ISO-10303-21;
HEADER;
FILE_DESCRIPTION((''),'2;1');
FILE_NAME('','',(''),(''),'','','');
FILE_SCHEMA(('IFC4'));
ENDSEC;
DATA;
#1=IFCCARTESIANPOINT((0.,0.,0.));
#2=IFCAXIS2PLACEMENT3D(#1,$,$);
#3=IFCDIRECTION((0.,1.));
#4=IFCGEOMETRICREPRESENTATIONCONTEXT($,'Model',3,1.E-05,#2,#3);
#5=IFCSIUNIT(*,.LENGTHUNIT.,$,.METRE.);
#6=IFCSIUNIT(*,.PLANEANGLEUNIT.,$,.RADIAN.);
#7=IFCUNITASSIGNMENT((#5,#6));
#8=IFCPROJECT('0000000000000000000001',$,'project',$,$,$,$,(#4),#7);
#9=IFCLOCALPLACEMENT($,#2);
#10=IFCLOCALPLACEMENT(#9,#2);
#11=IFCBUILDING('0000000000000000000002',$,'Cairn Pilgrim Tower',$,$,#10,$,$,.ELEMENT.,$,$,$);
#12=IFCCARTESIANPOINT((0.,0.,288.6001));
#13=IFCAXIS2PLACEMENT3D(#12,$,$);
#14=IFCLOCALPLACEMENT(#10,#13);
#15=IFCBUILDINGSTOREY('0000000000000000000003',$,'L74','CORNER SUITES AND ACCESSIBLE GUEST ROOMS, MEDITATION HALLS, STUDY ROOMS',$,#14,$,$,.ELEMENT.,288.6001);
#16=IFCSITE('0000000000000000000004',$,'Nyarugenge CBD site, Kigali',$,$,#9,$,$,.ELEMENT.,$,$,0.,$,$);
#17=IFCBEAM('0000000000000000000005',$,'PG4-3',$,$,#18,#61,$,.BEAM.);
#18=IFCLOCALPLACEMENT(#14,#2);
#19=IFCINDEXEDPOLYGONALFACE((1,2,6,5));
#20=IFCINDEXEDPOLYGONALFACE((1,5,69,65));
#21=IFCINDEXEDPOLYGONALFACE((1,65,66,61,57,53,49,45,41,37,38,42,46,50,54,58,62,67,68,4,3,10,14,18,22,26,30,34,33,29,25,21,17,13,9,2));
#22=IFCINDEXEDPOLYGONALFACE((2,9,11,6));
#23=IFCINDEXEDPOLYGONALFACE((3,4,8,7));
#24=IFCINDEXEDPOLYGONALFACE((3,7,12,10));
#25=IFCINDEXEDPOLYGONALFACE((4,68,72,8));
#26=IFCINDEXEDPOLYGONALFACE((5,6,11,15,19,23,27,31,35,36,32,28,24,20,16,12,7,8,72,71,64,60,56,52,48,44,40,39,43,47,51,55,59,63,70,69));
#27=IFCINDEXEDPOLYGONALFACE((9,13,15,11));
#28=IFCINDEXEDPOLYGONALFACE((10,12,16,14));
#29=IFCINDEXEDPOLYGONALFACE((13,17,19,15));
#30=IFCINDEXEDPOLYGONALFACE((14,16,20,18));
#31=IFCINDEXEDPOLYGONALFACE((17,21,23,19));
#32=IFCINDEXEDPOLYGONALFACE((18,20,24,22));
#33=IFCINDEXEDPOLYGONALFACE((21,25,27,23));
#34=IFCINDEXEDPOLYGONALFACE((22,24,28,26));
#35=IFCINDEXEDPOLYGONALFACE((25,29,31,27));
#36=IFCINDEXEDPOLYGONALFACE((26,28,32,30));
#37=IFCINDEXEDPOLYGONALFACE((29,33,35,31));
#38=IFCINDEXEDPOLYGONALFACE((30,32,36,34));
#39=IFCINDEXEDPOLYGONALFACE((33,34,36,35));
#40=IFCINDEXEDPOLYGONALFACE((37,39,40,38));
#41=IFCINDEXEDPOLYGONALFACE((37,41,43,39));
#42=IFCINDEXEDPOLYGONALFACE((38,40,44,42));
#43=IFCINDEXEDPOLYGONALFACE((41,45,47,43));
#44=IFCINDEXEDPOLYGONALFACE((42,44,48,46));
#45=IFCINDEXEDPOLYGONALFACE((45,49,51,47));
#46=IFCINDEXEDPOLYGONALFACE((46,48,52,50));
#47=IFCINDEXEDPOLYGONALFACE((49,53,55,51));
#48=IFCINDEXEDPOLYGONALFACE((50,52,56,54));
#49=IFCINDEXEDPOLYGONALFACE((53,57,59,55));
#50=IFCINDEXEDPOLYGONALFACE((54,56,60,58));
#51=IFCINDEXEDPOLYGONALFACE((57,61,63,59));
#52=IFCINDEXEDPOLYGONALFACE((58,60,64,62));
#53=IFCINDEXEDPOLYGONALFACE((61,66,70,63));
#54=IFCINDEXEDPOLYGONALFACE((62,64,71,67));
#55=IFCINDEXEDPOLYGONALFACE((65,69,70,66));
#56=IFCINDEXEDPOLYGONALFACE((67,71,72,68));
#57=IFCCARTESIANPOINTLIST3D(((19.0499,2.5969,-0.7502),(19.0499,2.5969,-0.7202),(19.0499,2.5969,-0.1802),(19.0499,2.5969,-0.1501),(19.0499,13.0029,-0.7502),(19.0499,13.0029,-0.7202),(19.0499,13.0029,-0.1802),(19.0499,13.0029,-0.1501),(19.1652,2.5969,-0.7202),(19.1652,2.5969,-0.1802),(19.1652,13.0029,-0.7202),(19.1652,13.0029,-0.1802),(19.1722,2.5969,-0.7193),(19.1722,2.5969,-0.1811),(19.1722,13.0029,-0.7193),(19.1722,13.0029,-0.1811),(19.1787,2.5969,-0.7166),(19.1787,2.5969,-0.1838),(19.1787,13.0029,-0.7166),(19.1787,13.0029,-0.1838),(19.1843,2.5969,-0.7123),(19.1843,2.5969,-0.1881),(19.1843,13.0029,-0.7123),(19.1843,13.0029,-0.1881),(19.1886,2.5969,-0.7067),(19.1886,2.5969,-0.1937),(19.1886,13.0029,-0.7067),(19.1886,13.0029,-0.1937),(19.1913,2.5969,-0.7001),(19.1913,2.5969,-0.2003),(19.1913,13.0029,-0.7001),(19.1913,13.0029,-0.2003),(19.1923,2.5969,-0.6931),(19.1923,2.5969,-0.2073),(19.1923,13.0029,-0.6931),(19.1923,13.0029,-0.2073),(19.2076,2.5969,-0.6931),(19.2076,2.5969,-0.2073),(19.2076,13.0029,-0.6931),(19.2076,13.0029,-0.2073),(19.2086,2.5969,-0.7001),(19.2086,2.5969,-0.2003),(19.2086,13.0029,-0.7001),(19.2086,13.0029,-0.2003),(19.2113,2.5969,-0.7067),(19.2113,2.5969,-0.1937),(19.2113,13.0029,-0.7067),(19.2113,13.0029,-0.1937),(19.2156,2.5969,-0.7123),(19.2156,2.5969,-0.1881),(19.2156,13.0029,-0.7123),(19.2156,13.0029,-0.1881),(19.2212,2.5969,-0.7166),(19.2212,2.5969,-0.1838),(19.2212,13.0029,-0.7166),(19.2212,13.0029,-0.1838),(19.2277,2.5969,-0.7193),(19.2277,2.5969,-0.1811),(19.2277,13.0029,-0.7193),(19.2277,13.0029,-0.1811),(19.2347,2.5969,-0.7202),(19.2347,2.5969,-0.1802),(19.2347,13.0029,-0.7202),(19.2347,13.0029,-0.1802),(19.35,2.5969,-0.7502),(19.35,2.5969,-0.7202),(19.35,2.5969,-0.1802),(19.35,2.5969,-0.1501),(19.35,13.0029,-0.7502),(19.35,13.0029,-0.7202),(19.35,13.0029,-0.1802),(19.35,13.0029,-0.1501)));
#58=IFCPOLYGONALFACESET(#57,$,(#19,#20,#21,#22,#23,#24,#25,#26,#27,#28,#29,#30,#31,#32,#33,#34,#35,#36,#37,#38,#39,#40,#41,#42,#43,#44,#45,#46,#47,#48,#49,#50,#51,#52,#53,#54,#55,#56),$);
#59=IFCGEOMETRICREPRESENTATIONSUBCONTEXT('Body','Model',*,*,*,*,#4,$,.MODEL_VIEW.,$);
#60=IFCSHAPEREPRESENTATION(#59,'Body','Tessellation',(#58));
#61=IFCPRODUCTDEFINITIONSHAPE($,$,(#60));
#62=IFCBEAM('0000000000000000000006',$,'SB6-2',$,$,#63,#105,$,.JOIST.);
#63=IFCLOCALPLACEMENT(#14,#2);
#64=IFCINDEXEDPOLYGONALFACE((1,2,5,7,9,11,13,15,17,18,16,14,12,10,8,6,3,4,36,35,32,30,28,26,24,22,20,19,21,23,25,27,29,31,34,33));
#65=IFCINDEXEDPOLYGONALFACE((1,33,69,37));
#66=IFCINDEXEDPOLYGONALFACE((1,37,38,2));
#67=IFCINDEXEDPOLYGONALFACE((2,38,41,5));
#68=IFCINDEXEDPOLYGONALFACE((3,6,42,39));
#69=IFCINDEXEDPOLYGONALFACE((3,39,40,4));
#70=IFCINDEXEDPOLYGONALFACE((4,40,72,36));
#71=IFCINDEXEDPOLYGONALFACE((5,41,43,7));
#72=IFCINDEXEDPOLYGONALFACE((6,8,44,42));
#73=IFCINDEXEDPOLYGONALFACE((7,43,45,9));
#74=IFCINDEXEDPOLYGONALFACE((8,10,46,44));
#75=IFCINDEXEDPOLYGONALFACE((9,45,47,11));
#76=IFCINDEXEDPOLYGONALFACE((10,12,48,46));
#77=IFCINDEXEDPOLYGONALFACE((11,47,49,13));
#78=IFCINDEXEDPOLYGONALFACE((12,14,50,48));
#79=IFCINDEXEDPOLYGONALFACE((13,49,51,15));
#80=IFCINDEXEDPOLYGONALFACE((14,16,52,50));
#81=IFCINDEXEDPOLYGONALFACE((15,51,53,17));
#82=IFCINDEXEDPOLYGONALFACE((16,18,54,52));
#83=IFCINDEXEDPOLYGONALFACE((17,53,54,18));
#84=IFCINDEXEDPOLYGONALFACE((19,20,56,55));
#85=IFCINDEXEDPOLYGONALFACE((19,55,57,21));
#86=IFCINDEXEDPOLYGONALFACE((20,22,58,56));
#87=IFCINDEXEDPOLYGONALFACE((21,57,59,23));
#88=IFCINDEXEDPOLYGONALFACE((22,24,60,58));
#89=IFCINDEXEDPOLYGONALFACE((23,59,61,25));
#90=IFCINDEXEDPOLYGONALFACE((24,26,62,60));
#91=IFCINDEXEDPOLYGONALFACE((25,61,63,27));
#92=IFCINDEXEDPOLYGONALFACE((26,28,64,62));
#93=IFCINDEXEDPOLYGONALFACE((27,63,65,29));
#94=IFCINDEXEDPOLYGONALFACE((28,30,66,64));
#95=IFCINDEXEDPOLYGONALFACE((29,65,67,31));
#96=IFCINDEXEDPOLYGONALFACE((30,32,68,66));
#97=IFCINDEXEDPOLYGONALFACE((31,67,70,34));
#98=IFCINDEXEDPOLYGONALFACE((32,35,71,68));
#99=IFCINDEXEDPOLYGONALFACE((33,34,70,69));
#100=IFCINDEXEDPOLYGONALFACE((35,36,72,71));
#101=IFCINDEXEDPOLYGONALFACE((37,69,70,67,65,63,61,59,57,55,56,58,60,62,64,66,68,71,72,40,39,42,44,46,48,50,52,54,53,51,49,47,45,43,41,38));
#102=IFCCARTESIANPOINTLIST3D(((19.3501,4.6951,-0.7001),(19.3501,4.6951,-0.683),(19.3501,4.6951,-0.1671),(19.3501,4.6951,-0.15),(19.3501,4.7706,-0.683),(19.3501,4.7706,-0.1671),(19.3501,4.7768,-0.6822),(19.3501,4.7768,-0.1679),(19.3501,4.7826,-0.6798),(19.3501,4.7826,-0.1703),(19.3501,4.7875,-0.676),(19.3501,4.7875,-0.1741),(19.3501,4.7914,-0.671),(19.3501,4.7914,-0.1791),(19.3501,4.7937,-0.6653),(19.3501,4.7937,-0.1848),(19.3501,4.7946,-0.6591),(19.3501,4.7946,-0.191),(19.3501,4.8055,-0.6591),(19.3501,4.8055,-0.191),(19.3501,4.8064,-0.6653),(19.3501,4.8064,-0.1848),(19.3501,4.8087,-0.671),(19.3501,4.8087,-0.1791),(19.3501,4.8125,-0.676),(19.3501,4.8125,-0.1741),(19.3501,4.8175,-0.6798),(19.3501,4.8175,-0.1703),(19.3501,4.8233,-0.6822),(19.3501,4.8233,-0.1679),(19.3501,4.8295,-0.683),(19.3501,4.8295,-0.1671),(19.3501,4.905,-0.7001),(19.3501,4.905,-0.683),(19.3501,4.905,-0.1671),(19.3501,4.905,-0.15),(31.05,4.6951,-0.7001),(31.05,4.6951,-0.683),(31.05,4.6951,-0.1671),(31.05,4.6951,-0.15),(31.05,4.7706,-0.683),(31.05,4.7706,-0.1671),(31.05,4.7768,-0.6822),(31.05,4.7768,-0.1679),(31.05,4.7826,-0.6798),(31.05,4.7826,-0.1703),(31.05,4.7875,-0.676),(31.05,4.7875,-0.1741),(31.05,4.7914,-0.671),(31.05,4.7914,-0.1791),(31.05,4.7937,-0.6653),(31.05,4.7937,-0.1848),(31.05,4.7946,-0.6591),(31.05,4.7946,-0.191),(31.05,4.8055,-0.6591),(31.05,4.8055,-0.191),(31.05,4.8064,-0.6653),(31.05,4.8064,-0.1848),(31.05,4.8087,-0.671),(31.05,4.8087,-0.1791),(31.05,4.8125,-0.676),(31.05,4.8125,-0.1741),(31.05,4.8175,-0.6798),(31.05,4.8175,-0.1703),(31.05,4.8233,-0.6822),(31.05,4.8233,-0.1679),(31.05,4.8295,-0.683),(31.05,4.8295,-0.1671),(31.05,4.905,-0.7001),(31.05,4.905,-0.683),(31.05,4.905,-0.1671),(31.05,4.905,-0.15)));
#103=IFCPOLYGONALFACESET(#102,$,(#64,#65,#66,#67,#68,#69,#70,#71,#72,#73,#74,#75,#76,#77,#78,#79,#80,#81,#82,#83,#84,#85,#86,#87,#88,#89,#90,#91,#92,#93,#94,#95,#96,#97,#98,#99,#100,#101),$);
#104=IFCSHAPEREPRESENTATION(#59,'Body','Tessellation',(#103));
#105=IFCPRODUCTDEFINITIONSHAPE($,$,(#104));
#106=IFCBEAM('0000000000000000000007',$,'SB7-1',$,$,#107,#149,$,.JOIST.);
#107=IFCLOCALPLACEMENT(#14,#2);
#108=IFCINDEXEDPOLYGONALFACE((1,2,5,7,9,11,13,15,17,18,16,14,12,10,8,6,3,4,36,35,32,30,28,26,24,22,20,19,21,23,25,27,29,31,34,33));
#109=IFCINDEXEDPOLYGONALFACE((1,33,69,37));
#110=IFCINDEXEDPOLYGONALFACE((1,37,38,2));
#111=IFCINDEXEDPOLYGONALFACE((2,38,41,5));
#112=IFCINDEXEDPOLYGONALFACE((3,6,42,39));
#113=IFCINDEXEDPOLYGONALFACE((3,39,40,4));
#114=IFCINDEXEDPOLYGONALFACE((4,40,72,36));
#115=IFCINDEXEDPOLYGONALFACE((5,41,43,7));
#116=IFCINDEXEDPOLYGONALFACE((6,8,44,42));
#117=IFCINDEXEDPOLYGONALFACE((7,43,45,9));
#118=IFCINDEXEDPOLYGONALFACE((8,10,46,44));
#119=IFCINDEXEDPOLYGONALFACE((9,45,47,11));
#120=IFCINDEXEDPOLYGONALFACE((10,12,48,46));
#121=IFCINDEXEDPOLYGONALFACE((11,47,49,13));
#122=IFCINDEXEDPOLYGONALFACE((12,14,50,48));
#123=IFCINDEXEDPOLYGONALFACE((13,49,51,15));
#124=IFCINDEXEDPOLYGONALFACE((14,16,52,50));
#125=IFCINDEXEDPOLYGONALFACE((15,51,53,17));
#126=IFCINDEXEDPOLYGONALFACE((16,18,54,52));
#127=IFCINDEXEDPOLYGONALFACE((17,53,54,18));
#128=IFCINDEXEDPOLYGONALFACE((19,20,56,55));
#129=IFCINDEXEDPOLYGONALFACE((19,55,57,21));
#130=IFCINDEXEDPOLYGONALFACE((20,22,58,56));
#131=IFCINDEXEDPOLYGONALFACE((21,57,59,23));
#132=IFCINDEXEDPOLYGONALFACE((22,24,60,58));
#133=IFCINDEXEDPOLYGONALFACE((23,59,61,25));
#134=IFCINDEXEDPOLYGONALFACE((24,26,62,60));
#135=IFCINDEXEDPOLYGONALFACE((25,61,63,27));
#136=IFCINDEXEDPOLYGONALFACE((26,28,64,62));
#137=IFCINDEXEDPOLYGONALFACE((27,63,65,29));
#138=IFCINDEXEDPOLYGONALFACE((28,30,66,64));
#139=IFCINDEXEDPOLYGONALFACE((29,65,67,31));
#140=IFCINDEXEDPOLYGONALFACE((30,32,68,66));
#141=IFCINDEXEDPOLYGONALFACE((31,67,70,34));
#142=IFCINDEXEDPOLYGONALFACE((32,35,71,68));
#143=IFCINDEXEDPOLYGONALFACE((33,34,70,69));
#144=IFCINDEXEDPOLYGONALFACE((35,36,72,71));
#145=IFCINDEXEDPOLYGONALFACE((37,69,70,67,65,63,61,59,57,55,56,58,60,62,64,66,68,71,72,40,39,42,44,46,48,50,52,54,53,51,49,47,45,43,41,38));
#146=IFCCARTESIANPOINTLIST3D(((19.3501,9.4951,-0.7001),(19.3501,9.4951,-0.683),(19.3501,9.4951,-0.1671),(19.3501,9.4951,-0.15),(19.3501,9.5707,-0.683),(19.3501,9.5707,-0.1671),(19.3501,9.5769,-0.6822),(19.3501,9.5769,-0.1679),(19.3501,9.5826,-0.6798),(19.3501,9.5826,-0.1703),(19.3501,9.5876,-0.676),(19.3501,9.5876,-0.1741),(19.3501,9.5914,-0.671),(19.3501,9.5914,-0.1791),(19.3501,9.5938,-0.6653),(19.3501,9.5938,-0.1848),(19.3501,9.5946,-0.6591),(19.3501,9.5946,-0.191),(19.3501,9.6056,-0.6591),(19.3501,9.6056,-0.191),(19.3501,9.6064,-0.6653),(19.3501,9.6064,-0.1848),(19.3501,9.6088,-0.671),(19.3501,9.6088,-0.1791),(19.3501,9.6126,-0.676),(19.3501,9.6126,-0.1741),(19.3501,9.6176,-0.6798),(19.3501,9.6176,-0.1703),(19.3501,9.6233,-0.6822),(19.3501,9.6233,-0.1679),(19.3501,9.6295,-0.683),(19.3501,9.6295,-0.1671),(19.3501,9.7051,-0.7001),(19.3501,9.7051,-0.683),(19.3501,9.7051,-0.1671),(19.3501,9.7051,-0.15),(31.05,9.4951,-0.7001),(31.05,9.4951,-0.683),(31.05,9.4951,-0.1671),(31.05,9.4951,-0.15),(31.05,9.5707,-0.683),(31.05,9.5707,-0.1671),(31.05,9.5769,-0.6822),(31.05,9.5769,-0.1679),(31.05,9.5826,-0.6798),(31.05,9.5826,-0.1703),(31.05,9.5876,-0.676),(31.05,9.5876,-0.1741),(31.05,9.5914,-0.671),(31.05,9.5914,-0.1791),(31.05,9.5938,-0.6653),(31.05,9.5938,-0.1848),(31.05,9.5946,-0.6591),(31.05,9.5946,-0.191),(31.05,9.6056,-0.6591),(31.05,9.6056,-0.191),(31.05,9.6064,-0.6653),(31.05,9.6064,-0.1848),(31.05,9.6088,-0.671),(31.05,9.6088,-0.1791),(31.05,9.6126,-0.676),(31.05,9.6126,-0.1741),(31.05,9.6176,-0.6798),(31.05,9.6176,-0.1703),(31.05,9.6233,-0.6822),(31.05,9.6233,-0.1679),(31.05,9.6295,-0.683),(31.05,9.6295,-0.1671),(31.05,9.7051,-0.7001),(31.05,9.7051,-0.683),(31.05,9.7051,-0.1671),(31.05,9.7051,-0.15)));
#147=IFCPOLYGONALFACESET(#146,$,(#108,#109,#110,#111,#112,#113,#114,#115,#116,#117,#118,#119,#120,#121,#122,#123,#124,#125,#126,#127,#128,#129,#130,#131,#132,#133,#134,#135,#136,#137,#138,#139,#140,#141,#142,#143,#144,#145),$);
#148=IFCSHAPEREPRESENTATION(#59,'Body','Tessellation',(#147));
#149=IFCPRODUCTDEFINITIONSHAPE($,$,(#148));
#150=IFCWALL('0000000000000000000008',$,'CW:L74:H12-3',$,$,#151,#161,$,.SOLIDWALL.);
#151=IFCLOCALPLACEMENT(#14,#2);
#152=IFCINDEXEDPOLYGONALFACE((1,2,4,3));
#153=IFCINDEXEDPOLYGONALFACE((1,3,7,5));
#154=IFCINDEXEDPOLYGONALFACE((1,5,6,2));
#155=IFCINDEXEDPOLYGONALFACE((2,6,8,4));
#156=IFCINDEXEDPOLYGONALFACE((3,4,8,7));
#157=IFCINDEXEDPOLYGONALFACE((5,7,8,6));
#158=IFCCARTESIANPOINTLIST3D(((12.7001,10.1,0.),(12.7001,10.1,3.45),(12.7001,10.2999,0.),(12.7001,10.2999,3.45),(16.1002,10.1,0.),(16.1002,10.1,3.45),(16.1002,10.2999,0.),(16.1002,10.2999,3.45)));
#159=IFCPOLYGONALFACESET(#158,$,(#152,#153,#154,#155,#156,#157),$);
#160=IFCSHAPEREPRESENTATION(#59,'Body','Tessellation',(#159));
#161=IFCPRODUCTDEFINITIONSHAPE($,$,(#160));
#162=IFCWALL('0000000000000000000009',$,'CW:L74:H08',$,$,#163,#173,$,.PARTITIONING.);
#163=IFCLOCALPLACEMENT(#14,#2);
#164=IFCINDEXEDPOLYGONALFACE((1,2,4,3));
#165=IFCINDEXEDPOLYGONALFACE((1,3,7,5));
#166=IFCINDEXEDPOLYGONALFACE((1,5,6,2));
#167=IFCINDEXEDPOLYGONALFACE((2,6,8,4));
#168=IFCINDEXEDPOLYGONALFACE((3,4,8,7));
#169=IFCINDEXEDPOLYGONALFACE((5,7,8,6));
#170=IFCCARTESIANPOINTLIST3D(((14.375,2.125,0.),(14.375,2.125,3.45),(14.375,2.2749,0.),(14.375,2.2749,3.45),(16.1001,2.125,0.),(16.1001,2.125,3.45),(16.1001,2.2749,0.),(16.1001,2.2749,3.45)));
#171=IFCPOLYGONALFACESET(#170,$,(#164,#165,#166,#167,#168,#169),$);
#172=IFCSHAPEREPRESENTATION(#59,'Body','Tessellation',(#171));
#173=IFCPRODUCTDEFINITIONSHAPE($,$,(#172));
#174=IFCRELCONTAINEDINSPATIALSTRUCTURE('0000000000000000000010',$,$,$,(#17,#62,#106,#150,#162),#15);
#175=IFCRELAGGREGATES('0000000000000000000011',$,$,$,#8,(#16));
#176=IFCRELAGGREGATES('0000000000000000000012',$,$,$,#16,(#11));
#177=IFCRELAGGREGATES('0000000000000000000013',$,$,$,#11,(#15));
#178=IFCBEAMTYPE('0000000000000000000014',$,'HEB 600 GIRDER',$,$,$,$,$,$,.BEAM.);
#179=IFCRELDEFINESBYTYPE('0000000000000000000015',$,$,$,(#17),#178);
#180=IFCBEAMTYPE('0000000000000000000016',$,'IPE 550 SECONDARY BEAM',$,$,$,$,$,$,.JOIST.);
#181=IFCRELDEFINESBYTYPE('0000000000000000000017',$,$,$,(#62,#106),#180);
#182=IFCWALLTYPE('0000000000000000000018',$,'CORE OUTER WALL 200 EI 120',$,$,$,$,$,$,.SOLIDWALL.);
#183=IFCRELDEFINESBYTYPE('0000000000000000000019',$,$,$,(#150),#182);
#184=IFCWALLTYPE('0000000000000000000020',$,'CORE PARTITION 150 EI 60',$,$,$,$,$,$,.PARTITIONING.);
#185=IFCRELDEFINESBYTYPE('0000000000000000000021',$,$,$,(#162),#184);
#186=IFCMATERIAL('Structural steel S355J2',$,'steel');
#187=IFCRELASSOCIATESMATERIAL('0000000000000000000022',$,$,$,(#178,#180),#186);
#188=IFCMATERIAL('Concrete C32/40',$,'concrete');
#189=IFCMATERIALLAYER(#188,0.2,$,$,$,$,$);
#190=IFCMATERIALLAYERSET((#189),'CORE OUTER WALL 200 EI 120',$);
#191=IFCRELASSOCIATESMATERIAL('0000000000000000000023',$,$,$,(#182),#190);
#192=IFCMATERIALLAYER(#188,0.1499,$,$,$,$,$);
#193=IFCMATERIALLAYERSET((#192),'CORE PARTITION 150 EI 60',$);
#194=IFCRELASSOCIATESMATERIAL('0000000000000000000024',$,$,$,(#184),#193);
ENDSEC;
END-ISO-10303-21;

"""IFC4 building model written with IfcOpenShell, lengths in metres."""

from ifc_helpers import new_model, si_unit, direction, frame, frame_2d, origin, origin_2d, place, context, subcontext, project, spatial, rectangle, i_section, extrude, material, layer, layer_set, material_profile, profile_set, type_object, element, save


model = new_model("IFC4")

# Units and contexts
model_context = context("Model", 3, precision=1e-05, world=origin(), true_north=direction((0.0, 1.0)))
body_context = subcontext(model_context, "Body", "Model", "MODEL_VIEW")
ifc_project = project(units=[si_unit("LENGTHUNIT", "METRE"), si_unit("PLANEANGLEUNIT", "RADIAN")], contexts=[model_context])

# Site, building, storey
site_placement = place(None, origin())
site = spatial("IfcSite", under=ifc_project, at=site_placement, Name="Nyarugenge CBD site, Kigali", CompositionType="ELEMENT", RefElevation=0.0)
building_placement = place(site_placement, origin())
building = spatial("IfcBuilding", under=site, at=building_placement, Name="Cairn Pilgrim Tower", CompositionType="ELEMENT")
storey_placement = place(building_placement, frame((0.0, 0.0, 288.6001)))
storey = spatial("IfcBuildingStorey", under=building, at=storey_placement, Name="L74", Description="CORNER SUITES AND ACCESSIBLE GUEST ROOMS, MEDITATION HALLS, STUDY ROOMS", CompositionType="ELEMENT", Elevation=288.6001)

# Shared definitions
ifc_material_1 = material(Name="Structural steel S355J2", Category="steel")

# Beams
ifc_material_profile_1 = material_profile(ifc_material_1, i_section(OverallWidth=0.3, OverallDepth=0.6001, WebThickness=0.0154, FlangeThickness=0.03, FilletRadius=0.0271, at=origin_2d()), Name="HEB 600")
ifc_profile_set_1 = profile_set([ifc_material_profile_1], Name="Structural steel S355J2")
beam_type_1 = type_object("IfcBeamType", Name="HEB 600 GIRDER", PredefinedType="BEAM", material=ifc_profile_set_1)
beam_1_placement = place(storey_placement, frame((19.2, 2.5969, -0.4502), z_axis=(0.0, 1.0, 0.0), x_axis=(-1.0, 0.0, 0.0)))
element("IfcBeam", 1, at=beam_1_placement, inside=storey, type_object=beam_type_1, Name="PG4-3", PredefinedType="BEAM", context=body_context, shape_type="SweptSolid", body=[
    extrude(i_section(OverallWidth=0.3, OverallDepth=0.6001, WebThickness=0.0154, FlangeThickness=0.03, FilletRadius=0.0271, at=origin_2d()), origin(), (0.0, 0.0, 1.0), 10.406),
])
ifc_material_profile_2 = material_profile(ifc_material_1, i_section(OverallWidth=0.21, OverallDepth=0.55, WebThickness=0.011, FlangeThickness=0.0171, FilletRadius=0.0239, at=origin_2d()), Name="IPE 550")
ifc_profile_set_2 = profile_set([ifc_material_profile_2], Name="Structural steel S355J2")
beam_type_2 = type_object("IfcBeamType", Name="IPE 550 SECONDARY BEAM", PredefinedType="JOIST", material=ifc_profile_set_2)
for number, where, z_axis, x_axis, name in (
    (2, (19.3501, 4.8, -0.425), (1.0, 0.0, 0.0), (0.0, 1.0, 0.0), "SB6-2"),
    (3, (19.3501, 9.6001, -0.425), (1.0, 0.0, 0.0), (0.0, 1.0, 0.0), "SB7-1"),
):
    element("IfcBeam", number, at=place(storey_placement, frame(where, z_axis=z_axis, x_axis=x_axis)), inside=storey, type_object=beam_type_2, Name=name, PredefinedType="JOIST", context=body_context, shape_type="SweptSolid", body=[
        extrude(i_section(OverallWidth=0.21, OverallDepth=0.55, WebThickness=0.011, FlangeThickness=0.0171, FilletRadius=0.0239, at=origin_2d()), origin(), (0.0, 0.0, 1.0), 11.7),
    ])

# Walls
ifc_material_2 = material(Name="Concrete C32/40", Category="concrete")
ifc_layer_1 = layer(ifc_material_2, 0.2)
ifc_layer_set_1 = layer_set([ifc_layer_1], Name="CORE OUTER WALL 200 EI 120")
wall_type_1 = type_object("IfcWallType", Name="CORE OUTER WALL 200 EI 120", PredefinedType="SOLIDWALL", material=ifc_layer_set_1)
wall_1_placement = place(storey_placement, frame((12.7, 10.2, 0.0), z_axis=(0.0, 0.0, 1.0), x_axis=(1.0, 0.0, 0.0)))
element("IfcWall", 4, at=wall_1_placement, inside=storey, type_object=wall_type_1, Name="CW:L74:H12-3", PredefinedType="SOLIDWALL", context=body_context, shape_type="SweptSolid", body=[
    extrude(rectangle(XDim=3.4001, YDim=0.2, at=frame_2d((1.7002, 0.0))), origin(), (0.0, 0.0, 1.0), 3.45),
])
ifc_layer_2 = layer(ifc_material_2, 0.1499)
ifc_layer_set_2 = layer_set([ifc_layer_2], Name="CORE PARTITION 150 EI 60")
wall_type_2 = type_object("IfcWallType", Name="CORE PARTITION 150 EI 60", PredefinedType="PARTITIONING", material=ifc_layer_set_2)
wall_2_placement = place(storey_placement, frame((14.375, 2.2, 0.0), z_axis=(0.0, 0.0, 1.0), x_axis=(1.0, 0.0, 0.0)))
element("IfcWall", 5, at=wall_2_placement, inside=storey, type_object=wall_type_2, Name="CW:L74:H08", PredefinedType="PARTITIONING", context=body_context, shape_type="SweptSolid", body=[
    extrude(rectangle(XDim=1.7251, YDim=0.1499, at=frame_2d((0.8625, 0.0))), origin(), (0.0, 0.0, 1.0), 3.45),
])

save(model, "model.ifc")
